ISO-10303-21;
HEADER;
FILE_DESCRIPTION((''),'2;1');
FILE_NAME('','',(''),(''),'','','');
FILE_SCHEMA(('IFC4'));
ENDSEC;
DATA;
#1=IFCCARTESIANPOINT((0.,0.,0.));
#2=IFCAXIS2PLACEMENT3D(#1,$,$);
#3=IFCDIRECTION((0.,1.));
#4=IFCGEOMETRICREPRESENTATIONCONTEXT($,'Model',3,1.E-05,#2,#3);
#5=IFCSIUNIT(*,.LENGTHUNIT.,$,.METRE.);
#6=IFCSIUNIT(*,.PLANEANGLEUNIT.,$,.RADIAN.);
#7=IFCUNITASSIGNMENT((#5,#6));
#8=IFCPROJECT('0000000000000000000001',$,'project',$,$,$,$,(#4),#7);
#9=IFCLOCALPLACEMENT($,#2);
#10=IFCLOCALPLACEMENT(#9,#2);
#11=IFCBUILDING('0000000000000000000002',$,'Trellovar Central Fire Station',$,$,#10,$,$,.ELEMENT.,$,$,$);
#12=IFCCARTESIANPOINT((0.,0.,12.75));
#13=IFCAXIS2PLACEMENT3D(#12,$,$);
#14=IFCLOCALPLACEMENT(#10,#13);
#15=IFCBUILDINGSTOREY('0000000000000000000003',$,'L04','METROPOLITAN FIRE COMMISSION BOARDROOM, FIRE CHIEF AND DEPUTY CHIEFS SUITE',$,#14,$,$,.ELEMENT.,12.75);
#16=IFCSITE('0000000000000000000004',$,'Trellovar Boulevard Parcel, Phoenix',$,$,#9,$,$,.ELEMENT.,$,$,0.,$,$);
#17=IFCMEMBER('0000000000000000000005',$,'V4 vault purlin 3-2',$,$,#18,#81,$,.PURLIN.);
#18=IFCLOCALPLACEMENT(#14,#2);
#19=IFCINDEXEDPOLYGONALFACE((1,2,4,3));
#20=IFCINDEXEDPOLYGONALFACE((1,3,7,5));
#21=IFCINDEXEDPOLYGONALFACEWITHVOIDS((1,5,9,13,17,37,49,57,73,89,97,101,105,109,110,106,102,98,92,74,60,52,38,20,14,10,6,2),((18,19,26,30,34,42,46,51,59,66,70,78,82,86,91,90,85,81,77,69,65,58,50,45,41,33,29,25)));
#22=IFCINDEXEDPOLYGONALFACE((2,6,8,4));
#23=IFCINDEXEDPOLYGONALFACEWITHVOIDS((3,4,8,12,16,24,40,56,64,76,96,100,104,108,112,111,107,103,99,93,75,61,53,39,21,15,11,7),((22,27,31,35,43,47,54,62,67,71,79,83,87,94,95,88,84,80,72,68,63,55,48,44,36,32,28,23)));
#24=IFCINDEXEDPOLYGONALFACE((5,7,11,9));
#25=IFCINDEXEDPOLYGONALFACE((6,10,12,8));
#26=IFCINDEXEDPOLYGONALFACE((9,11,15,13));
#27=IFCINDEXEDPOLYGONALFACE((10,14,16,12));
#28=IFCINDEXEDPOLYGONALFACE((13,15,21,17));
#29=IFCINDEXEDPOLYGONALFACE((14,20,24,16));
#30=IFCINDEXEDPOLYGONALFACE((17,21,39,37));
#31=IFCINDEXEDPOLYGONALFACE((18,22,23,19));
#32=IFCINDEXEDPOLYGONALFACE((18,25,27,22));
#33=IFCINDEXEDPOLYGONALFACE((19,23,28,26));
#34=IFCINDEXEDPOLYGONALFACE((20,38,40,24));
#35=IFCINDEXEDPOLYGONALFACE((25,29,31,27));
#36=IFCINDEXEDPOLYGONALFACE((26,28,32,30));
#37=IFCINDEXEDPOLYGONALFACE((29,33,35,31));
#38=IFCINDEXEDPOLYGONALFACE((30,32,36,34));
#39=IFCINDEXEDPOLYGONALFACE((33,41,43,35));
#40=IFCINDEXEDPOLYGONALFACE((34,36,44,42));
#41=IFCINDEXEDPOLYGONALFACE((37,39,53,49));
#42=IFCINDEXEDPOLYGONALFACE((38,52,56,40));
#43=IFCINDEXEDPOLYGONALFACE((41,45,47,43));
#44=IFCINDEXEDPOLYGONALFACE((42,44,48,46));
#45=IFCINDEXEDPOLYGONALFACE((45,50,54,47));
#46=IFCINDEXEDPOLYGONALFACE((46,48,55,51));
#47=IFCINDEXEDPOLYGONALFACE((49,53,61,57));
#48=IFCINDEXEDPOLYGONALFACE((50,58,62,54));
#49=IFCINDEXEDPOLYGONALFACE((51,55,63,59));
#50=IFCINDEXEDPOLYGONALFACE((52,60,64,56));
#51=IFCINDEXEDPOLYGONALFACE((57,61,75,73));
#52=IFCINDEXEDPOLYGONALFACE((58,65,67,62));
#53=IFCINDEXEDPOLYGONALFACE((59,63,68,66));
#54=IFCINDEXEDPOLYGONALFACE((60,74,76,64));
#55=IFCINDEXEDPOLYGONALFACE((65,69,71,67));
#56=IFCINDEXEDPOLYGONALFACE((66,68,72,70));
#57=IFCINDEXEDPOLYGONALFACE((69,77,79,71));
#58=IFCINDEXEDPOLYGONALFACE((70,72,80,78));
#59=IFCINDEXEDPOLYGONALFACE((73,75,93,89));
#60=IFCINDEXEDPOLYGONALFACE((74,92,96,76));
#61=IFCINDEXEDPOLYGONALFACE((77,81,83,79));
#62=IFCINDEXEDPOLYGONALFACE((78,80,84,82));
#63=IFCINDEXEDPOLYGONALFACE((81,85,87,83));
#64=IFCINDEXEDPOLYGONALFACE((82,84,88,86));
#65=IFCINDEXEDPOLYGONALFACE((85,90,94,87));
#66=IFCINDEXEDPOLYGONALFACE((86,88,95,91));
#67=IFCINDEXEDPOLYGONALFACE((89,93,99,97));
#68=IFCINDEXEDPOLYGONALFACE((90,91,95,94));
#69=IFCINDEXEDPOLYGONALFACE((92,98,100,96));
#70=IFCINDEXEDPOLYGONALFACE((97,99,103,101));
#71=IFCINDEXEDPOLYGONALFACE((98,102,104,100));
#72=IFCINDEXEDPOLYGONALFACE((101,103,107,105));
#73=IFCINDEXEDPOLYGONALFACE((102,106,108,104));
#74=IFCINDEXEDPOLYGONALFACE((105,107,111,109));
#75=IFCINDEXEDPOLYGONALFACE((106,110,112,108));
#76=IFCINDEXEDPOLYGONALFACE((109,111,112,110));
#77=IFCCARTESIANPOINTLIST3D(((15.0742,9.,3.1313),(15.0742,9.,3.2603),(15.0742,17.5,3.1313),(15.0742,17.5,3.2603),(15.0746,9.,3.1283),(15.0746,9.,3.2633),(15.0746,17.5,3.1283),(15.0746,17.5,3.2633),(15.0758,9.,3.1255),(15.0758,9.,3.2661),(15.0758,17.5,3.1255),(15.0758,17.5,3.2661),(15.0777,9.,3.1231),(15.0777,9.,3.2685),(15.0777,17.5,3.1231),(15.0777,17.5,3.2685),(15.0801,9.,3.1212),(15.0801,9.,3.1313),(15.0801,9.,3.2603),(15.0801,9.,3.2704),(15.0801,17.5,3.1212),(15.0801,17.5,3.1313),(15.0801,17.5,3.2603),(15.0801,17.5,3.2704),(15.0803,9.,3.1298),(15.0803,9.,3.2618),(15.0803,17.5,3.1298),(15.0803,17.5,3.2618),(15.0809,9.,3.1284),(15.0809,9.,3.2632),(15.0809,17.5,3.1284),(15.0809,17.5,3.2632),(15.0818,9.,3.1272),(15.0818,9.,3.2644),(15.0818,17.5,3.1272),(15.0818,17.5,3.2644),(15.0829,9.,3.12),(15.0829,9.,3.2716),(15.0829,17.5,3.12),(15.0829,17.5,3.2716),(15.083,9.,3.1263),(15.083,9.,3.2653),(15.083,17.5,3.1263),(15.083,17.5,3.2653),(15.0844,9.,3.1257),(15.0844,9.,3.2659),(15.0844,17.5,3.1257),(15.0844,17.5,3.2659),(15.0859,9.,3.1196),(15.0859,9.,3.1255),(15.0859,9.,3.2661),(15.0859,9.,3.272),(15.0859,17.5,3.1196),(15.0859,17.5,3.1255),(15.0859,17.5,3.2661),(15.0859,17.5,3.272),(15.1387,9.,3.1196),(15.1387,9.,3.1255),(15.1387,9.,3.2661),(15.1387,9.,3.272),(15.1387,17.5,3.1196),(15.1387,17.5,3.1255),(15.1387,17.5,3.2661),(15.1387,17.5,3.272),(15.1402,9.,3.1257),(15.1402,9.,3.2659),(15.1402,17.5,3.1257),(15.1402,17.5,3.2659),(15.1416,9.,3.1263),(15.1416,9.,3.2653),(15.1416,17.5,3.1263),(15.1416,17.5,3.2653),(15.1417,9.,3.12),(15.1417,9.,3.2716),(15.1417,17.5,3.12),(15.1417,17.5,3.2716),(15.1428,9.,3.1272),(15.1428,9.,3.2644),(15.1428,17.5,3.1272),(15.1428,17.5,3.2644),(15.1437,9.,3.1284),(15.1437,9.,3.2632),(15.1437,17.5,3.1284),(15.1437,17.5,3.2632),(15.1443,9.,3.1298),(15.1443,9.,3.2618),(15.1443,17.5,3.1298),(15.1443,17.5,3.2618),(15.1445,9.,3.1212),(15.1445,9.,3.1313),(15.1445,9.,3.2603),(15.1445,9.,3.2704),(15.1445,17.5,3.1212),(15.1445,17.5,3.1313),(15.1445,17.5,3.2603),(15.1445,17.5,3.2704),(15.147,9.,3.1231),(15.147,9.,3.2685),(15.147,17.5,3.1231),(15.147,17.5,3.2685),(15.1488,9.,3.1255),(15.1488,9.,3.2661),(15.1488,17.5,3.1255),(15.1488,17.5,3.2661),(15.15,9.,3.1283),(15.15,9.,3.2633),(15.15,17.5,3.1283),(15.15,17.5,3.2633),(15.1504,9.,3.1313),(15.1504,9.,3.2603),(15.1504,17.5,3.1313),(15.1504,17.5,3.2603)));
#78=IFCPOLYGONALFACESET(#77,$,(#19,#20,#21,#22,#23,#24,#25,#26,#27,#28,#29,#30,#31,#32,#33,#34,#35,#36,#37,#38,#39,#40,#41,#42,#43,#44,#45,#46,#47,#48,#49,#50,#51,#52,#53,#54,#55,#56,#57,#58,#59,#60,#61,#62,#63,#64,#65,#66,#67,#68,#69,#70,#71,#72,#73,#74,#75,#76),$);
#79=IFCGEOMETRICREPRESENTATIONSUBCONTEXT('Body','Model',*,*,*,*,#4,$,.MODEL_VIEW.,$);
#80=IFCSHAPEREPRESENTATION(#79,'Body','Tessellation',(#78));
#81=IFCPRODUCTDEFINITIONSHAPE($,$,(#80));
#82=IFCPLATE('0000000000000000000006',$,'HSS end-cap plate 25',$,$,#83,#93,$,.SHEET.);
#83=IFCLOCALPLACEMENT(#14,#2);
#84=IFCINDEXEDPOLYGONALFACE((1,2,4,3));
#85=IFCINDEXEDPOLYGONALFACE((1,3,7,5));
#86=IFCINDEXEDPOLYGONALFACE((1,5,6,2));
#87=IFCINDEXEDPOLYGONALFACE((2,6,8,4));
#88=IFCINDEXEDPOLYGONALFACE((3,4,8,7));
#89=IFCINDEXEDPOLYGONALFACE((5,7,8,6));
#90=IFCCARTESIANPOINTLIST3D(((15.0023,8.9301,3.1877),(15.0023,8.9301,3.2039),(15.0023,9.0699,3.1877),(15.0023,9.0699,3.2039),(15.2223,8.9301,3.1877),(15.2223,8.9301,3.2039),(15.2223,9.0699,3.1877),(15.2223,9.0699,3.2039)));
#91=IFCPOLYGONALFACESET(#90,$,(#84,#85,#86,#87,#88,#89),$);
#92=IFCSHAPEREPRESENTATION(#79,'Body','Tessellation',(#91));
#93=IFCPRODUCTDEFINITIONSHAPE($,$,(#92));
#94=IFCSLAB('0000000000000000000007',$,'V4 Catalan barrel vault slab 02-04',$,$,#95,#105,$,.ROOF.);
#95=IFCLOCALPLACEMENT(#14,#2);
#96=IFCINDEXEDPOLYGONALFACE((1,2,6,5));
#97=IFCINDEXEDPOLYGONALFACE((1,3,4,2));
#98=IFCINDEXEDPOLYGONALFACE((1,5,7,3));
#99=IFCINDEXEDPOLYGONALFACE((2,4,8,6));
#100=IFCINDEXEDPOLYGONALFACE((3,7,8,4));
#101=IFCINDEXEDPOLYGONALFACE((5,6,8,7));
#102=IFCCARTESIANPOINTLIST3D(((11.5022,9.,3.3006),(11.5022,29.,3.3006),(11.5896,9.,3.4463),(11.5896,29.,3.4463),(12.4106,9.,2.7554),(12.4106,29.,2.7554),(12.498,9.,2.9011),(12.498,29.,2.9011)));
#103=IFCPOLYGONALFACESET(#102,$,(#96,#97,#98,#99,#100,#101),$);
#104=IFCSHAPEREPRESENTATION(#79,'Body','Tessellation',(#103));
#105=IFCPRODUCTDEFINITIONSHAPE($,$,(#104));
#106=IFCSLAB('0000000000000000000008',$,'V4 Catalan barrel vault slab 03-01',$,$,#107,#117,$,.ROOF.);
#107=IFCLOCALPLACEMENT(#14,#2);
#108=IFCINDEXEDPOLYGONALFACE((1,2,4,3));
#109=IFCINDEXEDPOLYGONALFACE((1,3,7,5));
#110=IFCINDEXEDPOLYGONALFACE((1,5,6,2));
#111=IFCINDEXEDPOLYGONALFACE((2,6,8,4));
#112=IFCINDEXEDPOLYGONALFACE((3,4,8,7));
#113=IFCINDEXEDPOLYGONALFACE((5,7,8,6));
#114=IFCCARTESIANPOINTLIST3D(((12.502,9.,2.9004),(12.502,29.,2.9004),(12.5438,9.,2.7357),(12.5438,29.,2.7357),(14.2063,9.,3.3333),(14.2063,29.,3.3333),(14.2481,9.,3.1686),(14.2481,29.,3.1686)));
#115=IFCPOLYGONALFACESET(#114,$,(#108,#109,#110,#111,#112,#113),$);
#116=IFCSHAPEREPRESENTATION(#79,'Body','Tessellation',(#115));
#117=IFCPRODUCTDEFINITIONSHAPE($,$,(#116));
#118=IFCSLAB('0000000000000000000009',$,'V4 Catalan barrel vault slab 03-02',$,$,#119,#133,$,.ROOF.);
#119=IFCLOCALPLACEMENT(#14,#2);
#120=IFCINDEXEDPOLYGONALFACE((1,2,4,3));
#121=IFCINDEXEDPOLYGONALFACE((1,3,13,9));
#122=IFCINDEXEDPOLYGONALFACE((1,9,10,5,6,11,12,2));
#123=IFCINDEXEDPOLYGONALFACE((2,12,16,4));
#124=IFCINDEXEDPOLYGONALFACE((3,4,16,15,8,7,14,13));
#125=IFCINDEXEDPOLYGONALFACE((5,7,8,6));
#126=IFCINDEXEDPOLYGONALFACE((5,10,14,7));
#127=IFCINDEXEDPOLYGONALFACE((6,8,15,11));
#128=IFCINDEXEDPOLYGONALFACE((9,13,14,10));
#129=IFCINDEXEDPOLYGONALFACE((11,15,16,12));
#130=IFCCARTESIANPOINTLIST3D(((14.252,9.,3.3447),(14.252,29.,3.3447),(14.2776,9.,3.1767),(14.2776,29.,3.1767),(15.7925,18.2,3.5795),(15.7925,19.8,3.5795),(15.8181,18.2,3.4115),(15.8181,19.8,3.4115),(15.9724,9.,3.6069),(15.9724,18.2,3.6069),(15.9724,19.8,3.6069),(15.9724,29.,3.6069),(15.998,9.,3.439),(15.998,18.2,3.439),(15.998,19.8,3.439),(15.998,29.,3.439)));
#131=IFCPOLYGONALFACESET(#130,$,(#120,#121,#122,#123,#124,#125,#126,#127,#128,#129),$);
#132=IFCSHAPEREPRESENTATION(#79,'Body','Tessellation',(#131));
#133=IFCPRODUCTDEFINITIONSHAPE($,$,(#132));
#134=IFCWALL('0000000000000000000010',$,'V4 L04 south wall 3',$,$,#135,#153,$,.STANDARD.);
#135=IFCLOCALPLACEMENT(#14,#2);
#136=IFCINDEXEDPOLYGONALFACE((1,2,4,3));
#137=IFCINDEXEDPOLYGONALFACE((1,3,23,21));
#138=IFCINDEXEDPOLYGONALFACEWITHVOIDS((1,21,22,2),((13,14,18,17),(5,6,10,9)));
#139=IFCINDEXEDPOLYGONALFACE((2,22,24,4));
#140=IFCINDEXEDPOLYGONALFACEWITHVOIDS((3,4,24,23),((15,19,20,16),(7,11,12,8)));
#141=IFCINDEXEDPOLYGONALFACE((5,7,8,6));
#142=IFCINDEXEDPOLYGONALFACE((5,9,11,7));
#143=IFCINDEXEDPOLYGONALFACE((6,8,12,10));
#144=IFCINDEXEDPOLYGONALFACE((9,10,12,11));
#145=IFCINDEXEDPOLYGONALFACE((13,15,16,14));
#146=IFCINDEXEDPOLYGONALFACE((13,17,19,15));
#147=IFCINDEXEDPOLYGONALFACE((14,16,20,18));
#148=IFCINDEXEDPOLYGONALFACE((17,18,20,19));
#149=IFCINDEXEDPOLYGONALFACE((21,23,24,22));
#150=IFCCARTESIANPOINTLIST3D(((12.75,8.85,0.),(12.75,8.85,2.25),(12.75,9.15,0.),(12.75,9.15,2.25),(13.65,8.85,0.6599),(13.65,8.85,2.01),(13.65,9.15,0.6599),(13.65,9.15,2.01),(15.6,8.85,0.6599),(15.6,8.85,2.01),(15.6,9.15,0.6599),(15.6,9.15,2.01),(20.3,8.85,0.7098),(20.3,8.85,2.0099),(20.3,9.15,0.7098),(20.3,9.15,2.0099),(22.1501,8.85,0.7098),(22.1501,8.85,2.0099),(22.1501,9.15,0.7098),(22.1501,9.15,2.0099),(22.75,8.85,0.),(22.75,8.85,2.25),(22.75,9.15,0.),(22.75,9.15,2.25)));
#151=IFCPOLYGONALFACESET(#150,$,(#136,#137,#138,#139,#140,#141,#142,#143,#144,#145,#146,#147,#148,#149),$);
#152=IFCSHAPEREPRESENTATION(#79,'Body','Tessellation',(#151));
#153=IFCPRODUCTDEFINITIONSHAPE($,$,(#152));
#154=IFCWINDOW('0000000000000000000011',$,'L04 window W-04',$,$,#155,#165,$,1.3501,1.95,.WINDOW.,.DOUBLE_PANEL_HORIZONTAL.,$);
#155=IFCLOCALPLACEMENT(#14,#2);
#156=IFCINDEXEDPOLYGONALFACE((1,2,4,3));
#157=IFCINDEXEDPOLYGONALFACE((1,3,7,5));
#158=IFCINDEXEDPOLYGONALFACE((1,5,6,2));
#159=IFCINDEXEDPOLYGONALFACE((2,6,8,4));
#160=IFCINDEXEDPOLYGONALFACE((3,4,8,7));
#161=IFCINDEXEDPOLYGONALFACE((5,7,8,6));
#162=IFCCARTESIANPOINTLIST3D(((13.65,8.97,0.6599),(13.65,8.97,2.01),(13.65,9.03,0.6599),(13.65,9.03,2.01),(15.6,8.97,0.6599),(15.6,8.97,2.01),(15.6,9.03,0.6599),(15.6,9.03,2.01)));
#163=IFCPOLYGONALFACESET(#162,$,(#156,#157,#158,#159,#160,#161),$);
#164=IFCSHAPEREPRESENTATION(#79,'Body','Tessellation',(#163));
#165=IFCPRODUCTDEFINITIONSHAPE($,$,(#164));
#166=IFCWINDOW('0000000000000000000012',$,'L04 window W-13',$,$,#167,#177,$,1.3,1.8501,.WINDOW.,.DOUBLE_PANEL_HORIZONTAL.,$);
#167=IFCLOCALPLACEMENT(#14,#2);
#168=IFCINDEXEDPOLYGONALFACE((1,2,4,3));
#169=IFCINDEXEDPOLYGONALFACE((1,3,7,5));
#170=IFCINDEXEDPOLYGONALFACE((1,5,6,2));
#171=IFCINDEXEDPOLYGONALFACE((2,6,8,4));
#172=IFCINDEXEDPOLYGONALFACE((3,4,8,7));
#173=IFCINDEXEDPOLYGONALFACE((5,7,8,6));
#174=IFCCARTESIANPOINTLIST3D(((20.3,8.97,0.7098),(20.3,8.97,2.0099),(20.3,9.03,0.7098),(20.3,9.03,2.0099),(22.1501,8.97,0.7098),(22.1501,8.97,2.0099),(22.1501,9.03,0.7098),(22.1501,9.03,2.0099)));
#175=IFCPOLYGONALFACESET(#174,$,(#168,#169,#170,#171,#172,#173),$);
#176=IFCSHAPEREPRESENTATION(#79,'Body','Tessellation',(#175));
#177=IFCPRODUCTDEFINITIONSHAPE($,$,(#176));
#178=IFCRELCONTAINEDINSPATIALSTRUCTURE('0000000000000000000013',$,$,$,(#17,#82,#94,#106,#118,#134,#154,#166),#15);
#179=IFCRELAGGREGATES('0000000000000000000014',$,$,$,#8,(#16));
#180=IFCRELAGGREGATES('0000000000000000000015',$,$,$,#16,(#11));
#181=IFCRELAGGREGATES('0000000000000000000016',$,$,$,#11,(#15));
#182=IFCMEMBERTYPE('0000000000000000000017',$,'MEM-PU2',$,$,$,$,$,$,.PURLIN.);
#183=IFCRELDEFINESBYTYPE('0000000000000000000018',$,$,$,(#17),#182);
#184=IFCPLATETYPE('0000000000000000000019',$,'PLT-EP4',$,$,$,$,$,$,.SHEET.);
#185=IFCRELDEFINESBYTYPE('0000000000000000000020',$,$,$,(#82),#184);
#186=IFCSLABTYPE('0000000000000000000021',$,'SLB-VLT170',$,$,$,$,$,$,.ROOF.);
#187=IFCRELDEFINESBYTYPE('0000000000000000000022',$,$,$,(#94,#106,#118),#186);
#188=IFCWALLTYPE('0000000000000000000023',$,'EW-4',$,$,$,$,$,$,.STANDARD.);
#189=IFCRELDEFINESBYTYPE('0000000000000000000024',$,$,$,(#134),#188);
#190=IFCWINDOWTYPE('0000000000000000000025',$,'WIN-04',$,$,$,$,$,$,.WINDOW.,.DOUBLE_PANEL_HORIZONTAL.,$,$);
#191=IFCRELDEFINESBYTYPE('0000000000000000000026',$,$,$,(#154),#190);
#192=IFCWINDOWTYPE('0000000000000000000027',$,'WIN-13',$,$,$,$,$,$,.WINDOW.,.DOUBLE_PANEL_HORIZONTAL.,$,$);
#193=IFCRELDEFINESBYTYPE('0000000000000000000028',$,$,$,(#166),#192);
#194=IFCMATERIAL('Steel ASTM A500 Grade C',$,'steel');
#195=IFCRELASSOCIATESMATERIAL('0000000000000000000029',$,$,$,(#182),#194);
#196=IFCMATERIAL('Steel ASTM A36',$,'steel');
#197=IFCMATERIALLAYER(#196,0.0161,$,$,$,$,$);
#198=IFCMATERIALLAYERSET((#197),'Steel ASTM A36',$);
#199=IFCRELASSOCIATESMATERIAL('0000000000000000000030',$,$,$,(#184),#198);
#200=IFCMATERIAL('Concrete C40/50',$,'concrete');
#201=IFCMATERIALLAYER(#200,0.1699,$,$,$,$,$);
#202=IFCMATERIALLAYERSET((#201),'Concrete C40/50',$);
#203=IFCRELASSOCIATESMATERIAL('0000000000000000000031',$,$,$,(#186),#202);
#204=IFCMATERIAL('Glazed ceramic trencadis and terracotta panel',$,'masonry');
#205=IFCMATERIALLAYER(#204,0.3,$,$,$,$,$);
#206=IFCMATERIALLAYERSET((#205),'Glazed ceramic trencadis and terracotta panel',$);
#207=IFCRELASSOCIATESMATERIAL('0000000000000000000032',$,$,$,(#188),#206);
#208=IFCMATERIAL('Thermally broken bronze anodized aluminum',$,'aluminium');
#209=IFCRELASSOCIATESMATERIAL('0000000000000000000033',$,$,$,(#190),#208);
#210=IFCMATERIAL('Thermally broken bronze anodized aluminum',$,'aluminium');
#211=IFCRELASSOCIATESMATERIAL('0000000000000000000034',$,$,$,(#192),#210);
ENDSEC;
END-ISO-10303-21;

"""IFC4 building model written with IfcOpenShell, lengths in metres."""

from ifc_helpers import new_model, si_unit, direction, frame, frame_2d, origin, origin_2d, place, context, subcontext, project, spatial, polyline, rectangle, hollow_rectangle, outline, extrude, material, layer, layer_set, material_profile, profile_set, type_object, element, fill, save


model = new_model("IFC4")

# Units and contexts
model_context = context("Model", 3, precision=1e-05, world=origin(), true_north=direction((0.0, 1.0)))
body_context = subcontext(model_context, "Body", "Model", "MODEL_VIEW")
ifc_project = project(units=[si_unit("LENGTHUNIT", "METRE"), si_unit("PLANEANGLEUNIT", "RADIAN")], contexts=[model_context])

# Site, building, storey
site_placement = place(None, origin())
site = spatial("IfcSite", under=ifc_project, at=site_placement, Name="Trellovar Boulevard Parcel, Phoenix", CompositionType="ELEMENT", RefElevation=0.0)
building_placement = place(site_placement, origin())
building = spatial("IfcBuilding", under=site, at=building_placement, Name="Trellovar Central Fire Station", CompositionType="ELEMENT")
storey_placement = place(building_placement, frame((0.0, 0.0, 12.75)))
storey = spatial("IfcBuildingStorey", under=building, at=storey_placement, Name="L04", Description="METROPOLITAN FIRE COMMISSION BOARDROOM, FIRE CHIEF AND DEPUTY CHIEFS SUITE", CompositionType="ELEMENT", Elevation=12.75)

# Member
ifc_material_1 = material(Name="Steel ASTM A500 Grade C", Category="steel")
ifc_material_profile_1 = material_profile(ifc_material_1, hollow_rectangle(XDim=0.0762, YDim=0.1523, WallThickness=0.0059, InnerFilletRadius=0.0059, OuterFilletRadius=0.0117, at=origin_2d()), Name="HSS6X3X1/4")
ifc_profile_set_1 = profile_set([ifc_material_profile_1], Name="Steel ASTM A500 Grade C")
member_type_1 = type_object("IfcMemberType", Name="MEM-PU2", PredefinedType="PURLIN", material=ifc_profile_set_1)
member_1_placement = place(storey_placement, frame((15.1123, 9.0, 3.1958), z_axis=(0.0, 1.0, 0.0), x_axis=(-1.0, 0.0, 0.0)))
element("IfcMember", 1, at=member_1_placement, inside=storey, type_object=member_type_1, Name="V4 vault purlin 3-2", PredefinedType="PURLIN", context=body_context, shape_type="SweptSolid", body=[
    extrude(hollow_rectangle(XDim=0.0762, YDim=0.1523, WallThickness=0.0059, InnerFilletRadius=0.0059, OuterFilletRadius=0.0117, at=origin_2d()), origin(), (0.0, 0.0, 1.0), 8.5),
])

# Plate
ifc_material_2 = material(Name="Steel ASTM A36", Category="steel")
ifc_layer_1 = layer(ifc_material_2, 0.0161)
ifc_layer_set_1 = layer_set([ifc_layer_1], Name="Steel ASTM A36")
plate_type = type_object("IfcPlateType", Name="PLT-EP4", PredefinedType="SHEET", material=ifc_layer_set_1)
plate_placement = place(storey_placement, frame((15.1123, 9.0, 3.1877), z_axis=(0.0, 0.0, 1.0), x_axis=(1.0, 0.0, 0.0)))
element("IfcPlate", 2, at=plate_placement, inside=storey, type_object=plate_type, Name="HSS end-cap plate 25", PredefinedType="SHEET", context=body_context, shape_type="SweptSolid", body=[
    extrude(rectangle(XDim=0.22, YDim=0.1399, at=origin_2d()), origin(), (0.0, 0.0, 1.0), 0.0161),
])

# Slabs
ifc_material_3 = material(Name="Concrete C40/50", Category="concrete")
ifc_layer_2 = layer(ifc_material_3, 0.1699)
ifc_layer_set_2 = layer_set([ifc_layer_2], Name="Concrete C40/50")
slab_type = type_object("IfcSlabType", Name="SLB-VLT170", PredefinedType="ROOF", material=ifc_layer_set_2)
slab_1_placement = place(storey_placement, frame((11.5896, 9.0, 3.4463), z_axis=(0.514564, 0.0, 0.857452), x_axis=(0.857452, 0.0, -0.514564)))
element("IfcSlab", 3, at=slab_1_placement, inside=storey, type_object=slab_type, Name="V4 Catalan barrel vault slab 02-04", PredefinedType="ROOF", context=body_context, shape_type="SweptSolid", body=[
    extrude(outline(polyline([(0.0, 0.0), (1.0595, 0.0), (1.0595, 20.0), (0.0, 20.0), (0.0, 0.0)])), origin(), (0.0, 0.0, -1.0), 0.1699),
])
slab_2_placement = place(storey_placement, frame((12.502, 9.0, 2.9004), z_axis=(-0.24616, 0.0, 0.969229), x_axis=(0.969229, 0.0, 0.24616)))
element("IfcSlab", 4, at=slab_2_placement, inside=storey, type_object=slab_type, Name="V4 Catalan barrel vault slab 03-01", PredefinedType="ROOF", context=body_context, shape_type="SweptSolid", body=[
    extrude(outline(polyline([(0.0, 0.0), (1.7585, 0.0), (1.7585, 20.0), (0.0, 20.0), (0.0, 0.0)])), origin(), (0.0, 0.0, -1.0), 0.1699),
])
slab_3_placement = place(storey_placement, frame((14.252, 9.0, 3.3447), z_axis=(-0.150669, 0.0, 0.988584), x_axis=(0.988584, 0.0, 0.150669)))
element("IfcSlab", 5, at=slab_3_placement, inside=storey, type_object=slab_type, Name="V4 Catalan barrel vault slab 03-02", PredefinedType="ROOF", context=body_context, shape_type="SweptSolid", body=[
    extrude(outline(polyline([(0.0, 0.0), (1.7403, 0.0), (1.7403, 9.2), (1.5583, 9.2), (1.5583, 10.8), (1.7403, 10.8), (1.7403, 20.0), (0.0, 20.0), (0.0, 0.0)])), origin(), (0.0, 0.0, -1.0), 0.1699),
])

# Wall, openings, windows
ifc_material_4 = material(Name="Glazed ceramic trencadis and terracotta panel", Category="masonry")
ifc_layer_3 = layer(ifc_material_4, 0.3)
ifc_layer_set_3 = layer_set([ifc_layer_3], Name="Glazed ceramic trencadis and terracotta panel")
wall_type_1 = type_object("IfcWallType", Name="EW-4", PredefinedType="STANDARD", material=ifc_layer_set_3)
wall_1_placement = place(storey_placement, frame((12.75, 9.0, 0.0), z_axis=(0.0, 0.0, 1.0), x_axis=(1.0, 0.0, 0.0)))
wall_1 = element("IfcWall", 6, at=wall_1_placement, inside=storey, type_object=wall_type_1, Name="V4 L04 south wall 3", PredefinedType="STANDARD", context=body_context, shape_type="SweptSolid", body=[
    extrude(rectangle(XDim=10.0, YDim=0.3, at=frame_2d((5.0, 0.0))), origin(), (0.0, 0.0, 1.0), 2.25),
])
opening_1_placement = place(wall_1_placement, frame((0.8999, 0.0, 0.6599)))
opening_1 = element("IfcOpeningElement", 7, at=opening_1_placement, cuts=wall_1, PredefinedType="OPENING", context=body_context, shape_type="SweptSolid", body=[
    extrude(rectangle(XDim=1.95, YDim=1.3501, at=frame_2d((0.9751, 0.675))), frame((0.0, 0.1599, 0.0), z_axis=(0.0, -1.0, 0.0), x_axis=(1.0, 0.0, 0.0)), (0.0, 0.0, 1.0), 0.3201),
])
opening_2_placement = place(wall_1_placement, frame((7.55, 0.0, 0.71)))
opening_2 = element("IfcOpeningElement", 8, at=opening_2_placement, cuts=wall_1, PredefinedType="OPENING", context=body_context, shape_type="SweptSolid", body=[
    extrude(rectangle(XDim=1.8501, YDim=1.3, at=frame_2d((0.925, 0.6499))), frame((0.0, 0.1599, 0.0), z_axis=(0.0, -1.0, 0.0), x_axis=(1.0, 0.0, 0.0)), (0.0, 0.0, 1.0), 0.3201),
])
ifc_material_5 = material(Name="Thermally broken bronze anodized aluminum", Category="aluminium")
window_type_1 = type_object("IfcWindowType", Name="WIN-04", PartitioningType="DOUBLE_PANEL_HORIZONTAL", PredefinedType="WINDOW", material=ifc_material_5)
window_1_placement = place(opening_1_placement, origin())
window_1 = element("IfcWindow", 9, at=window_1_placement, inside=storey, type_object=window_type_1, Name="L04 window W-04", OverallHeight=1.3501, OverallWidth=1.95, PartitioningType="DOUBLE_PANEL_HORIZONTAL", PredefinedType="WINDOW", context=body_context, shape_type="SweptSolid", body=[
    extrude(rectangle(XDim=1.95, YDim=1.3501, at=frame_2d((0.9751, 0.675))), frame((0.0, 0.03, 0.0), z_axis=(0.0, -1.0, 0.0), x_axis=(1.0, 0.0, 0.0)), (0.0, 0.0, 1.0), 0.0601),
])
fill(opening_1, window_1)
ifc_material_6 = material(Name="Thermally broken bronze anodized aluminum", Category="aluminium")
window_type_2 = type_object("IfcWindowType", Name="WIN-13", PartitioningType="DOUBLE_PANEL_HORIZONTAL", PredefinedType="WINDOW", material=ifc_material_6)
window_2_placement = place(opening_2_placement, origin())
window_2 = element("IfcWindow", 10, at=window_2_placement, inside=storey, type_object=window_type_2, Name="L04 window W-13", OverallHeight=1.3, OverallWidth=1.8501, PartitioningType="DOUBLE_PANEL_HORIZONTAL", PredefinedType="WINDOW", context=body_context, shape_type="SweptSolid", body=[
    extrude(rectangle(XDim=1.8501, YDim=1.3, at=frame_2d((0.925, 0.6499))), frame((0.0, 0.03, 0.0), z_axis=(0.0, -1.0, 0.0), x_axis=(1.0, 0.0, 0.0)), (0.0, 0.0, 1.0), 0.0601),
])
fill(opening_2, window_2)

save(model, "model.ifc")
